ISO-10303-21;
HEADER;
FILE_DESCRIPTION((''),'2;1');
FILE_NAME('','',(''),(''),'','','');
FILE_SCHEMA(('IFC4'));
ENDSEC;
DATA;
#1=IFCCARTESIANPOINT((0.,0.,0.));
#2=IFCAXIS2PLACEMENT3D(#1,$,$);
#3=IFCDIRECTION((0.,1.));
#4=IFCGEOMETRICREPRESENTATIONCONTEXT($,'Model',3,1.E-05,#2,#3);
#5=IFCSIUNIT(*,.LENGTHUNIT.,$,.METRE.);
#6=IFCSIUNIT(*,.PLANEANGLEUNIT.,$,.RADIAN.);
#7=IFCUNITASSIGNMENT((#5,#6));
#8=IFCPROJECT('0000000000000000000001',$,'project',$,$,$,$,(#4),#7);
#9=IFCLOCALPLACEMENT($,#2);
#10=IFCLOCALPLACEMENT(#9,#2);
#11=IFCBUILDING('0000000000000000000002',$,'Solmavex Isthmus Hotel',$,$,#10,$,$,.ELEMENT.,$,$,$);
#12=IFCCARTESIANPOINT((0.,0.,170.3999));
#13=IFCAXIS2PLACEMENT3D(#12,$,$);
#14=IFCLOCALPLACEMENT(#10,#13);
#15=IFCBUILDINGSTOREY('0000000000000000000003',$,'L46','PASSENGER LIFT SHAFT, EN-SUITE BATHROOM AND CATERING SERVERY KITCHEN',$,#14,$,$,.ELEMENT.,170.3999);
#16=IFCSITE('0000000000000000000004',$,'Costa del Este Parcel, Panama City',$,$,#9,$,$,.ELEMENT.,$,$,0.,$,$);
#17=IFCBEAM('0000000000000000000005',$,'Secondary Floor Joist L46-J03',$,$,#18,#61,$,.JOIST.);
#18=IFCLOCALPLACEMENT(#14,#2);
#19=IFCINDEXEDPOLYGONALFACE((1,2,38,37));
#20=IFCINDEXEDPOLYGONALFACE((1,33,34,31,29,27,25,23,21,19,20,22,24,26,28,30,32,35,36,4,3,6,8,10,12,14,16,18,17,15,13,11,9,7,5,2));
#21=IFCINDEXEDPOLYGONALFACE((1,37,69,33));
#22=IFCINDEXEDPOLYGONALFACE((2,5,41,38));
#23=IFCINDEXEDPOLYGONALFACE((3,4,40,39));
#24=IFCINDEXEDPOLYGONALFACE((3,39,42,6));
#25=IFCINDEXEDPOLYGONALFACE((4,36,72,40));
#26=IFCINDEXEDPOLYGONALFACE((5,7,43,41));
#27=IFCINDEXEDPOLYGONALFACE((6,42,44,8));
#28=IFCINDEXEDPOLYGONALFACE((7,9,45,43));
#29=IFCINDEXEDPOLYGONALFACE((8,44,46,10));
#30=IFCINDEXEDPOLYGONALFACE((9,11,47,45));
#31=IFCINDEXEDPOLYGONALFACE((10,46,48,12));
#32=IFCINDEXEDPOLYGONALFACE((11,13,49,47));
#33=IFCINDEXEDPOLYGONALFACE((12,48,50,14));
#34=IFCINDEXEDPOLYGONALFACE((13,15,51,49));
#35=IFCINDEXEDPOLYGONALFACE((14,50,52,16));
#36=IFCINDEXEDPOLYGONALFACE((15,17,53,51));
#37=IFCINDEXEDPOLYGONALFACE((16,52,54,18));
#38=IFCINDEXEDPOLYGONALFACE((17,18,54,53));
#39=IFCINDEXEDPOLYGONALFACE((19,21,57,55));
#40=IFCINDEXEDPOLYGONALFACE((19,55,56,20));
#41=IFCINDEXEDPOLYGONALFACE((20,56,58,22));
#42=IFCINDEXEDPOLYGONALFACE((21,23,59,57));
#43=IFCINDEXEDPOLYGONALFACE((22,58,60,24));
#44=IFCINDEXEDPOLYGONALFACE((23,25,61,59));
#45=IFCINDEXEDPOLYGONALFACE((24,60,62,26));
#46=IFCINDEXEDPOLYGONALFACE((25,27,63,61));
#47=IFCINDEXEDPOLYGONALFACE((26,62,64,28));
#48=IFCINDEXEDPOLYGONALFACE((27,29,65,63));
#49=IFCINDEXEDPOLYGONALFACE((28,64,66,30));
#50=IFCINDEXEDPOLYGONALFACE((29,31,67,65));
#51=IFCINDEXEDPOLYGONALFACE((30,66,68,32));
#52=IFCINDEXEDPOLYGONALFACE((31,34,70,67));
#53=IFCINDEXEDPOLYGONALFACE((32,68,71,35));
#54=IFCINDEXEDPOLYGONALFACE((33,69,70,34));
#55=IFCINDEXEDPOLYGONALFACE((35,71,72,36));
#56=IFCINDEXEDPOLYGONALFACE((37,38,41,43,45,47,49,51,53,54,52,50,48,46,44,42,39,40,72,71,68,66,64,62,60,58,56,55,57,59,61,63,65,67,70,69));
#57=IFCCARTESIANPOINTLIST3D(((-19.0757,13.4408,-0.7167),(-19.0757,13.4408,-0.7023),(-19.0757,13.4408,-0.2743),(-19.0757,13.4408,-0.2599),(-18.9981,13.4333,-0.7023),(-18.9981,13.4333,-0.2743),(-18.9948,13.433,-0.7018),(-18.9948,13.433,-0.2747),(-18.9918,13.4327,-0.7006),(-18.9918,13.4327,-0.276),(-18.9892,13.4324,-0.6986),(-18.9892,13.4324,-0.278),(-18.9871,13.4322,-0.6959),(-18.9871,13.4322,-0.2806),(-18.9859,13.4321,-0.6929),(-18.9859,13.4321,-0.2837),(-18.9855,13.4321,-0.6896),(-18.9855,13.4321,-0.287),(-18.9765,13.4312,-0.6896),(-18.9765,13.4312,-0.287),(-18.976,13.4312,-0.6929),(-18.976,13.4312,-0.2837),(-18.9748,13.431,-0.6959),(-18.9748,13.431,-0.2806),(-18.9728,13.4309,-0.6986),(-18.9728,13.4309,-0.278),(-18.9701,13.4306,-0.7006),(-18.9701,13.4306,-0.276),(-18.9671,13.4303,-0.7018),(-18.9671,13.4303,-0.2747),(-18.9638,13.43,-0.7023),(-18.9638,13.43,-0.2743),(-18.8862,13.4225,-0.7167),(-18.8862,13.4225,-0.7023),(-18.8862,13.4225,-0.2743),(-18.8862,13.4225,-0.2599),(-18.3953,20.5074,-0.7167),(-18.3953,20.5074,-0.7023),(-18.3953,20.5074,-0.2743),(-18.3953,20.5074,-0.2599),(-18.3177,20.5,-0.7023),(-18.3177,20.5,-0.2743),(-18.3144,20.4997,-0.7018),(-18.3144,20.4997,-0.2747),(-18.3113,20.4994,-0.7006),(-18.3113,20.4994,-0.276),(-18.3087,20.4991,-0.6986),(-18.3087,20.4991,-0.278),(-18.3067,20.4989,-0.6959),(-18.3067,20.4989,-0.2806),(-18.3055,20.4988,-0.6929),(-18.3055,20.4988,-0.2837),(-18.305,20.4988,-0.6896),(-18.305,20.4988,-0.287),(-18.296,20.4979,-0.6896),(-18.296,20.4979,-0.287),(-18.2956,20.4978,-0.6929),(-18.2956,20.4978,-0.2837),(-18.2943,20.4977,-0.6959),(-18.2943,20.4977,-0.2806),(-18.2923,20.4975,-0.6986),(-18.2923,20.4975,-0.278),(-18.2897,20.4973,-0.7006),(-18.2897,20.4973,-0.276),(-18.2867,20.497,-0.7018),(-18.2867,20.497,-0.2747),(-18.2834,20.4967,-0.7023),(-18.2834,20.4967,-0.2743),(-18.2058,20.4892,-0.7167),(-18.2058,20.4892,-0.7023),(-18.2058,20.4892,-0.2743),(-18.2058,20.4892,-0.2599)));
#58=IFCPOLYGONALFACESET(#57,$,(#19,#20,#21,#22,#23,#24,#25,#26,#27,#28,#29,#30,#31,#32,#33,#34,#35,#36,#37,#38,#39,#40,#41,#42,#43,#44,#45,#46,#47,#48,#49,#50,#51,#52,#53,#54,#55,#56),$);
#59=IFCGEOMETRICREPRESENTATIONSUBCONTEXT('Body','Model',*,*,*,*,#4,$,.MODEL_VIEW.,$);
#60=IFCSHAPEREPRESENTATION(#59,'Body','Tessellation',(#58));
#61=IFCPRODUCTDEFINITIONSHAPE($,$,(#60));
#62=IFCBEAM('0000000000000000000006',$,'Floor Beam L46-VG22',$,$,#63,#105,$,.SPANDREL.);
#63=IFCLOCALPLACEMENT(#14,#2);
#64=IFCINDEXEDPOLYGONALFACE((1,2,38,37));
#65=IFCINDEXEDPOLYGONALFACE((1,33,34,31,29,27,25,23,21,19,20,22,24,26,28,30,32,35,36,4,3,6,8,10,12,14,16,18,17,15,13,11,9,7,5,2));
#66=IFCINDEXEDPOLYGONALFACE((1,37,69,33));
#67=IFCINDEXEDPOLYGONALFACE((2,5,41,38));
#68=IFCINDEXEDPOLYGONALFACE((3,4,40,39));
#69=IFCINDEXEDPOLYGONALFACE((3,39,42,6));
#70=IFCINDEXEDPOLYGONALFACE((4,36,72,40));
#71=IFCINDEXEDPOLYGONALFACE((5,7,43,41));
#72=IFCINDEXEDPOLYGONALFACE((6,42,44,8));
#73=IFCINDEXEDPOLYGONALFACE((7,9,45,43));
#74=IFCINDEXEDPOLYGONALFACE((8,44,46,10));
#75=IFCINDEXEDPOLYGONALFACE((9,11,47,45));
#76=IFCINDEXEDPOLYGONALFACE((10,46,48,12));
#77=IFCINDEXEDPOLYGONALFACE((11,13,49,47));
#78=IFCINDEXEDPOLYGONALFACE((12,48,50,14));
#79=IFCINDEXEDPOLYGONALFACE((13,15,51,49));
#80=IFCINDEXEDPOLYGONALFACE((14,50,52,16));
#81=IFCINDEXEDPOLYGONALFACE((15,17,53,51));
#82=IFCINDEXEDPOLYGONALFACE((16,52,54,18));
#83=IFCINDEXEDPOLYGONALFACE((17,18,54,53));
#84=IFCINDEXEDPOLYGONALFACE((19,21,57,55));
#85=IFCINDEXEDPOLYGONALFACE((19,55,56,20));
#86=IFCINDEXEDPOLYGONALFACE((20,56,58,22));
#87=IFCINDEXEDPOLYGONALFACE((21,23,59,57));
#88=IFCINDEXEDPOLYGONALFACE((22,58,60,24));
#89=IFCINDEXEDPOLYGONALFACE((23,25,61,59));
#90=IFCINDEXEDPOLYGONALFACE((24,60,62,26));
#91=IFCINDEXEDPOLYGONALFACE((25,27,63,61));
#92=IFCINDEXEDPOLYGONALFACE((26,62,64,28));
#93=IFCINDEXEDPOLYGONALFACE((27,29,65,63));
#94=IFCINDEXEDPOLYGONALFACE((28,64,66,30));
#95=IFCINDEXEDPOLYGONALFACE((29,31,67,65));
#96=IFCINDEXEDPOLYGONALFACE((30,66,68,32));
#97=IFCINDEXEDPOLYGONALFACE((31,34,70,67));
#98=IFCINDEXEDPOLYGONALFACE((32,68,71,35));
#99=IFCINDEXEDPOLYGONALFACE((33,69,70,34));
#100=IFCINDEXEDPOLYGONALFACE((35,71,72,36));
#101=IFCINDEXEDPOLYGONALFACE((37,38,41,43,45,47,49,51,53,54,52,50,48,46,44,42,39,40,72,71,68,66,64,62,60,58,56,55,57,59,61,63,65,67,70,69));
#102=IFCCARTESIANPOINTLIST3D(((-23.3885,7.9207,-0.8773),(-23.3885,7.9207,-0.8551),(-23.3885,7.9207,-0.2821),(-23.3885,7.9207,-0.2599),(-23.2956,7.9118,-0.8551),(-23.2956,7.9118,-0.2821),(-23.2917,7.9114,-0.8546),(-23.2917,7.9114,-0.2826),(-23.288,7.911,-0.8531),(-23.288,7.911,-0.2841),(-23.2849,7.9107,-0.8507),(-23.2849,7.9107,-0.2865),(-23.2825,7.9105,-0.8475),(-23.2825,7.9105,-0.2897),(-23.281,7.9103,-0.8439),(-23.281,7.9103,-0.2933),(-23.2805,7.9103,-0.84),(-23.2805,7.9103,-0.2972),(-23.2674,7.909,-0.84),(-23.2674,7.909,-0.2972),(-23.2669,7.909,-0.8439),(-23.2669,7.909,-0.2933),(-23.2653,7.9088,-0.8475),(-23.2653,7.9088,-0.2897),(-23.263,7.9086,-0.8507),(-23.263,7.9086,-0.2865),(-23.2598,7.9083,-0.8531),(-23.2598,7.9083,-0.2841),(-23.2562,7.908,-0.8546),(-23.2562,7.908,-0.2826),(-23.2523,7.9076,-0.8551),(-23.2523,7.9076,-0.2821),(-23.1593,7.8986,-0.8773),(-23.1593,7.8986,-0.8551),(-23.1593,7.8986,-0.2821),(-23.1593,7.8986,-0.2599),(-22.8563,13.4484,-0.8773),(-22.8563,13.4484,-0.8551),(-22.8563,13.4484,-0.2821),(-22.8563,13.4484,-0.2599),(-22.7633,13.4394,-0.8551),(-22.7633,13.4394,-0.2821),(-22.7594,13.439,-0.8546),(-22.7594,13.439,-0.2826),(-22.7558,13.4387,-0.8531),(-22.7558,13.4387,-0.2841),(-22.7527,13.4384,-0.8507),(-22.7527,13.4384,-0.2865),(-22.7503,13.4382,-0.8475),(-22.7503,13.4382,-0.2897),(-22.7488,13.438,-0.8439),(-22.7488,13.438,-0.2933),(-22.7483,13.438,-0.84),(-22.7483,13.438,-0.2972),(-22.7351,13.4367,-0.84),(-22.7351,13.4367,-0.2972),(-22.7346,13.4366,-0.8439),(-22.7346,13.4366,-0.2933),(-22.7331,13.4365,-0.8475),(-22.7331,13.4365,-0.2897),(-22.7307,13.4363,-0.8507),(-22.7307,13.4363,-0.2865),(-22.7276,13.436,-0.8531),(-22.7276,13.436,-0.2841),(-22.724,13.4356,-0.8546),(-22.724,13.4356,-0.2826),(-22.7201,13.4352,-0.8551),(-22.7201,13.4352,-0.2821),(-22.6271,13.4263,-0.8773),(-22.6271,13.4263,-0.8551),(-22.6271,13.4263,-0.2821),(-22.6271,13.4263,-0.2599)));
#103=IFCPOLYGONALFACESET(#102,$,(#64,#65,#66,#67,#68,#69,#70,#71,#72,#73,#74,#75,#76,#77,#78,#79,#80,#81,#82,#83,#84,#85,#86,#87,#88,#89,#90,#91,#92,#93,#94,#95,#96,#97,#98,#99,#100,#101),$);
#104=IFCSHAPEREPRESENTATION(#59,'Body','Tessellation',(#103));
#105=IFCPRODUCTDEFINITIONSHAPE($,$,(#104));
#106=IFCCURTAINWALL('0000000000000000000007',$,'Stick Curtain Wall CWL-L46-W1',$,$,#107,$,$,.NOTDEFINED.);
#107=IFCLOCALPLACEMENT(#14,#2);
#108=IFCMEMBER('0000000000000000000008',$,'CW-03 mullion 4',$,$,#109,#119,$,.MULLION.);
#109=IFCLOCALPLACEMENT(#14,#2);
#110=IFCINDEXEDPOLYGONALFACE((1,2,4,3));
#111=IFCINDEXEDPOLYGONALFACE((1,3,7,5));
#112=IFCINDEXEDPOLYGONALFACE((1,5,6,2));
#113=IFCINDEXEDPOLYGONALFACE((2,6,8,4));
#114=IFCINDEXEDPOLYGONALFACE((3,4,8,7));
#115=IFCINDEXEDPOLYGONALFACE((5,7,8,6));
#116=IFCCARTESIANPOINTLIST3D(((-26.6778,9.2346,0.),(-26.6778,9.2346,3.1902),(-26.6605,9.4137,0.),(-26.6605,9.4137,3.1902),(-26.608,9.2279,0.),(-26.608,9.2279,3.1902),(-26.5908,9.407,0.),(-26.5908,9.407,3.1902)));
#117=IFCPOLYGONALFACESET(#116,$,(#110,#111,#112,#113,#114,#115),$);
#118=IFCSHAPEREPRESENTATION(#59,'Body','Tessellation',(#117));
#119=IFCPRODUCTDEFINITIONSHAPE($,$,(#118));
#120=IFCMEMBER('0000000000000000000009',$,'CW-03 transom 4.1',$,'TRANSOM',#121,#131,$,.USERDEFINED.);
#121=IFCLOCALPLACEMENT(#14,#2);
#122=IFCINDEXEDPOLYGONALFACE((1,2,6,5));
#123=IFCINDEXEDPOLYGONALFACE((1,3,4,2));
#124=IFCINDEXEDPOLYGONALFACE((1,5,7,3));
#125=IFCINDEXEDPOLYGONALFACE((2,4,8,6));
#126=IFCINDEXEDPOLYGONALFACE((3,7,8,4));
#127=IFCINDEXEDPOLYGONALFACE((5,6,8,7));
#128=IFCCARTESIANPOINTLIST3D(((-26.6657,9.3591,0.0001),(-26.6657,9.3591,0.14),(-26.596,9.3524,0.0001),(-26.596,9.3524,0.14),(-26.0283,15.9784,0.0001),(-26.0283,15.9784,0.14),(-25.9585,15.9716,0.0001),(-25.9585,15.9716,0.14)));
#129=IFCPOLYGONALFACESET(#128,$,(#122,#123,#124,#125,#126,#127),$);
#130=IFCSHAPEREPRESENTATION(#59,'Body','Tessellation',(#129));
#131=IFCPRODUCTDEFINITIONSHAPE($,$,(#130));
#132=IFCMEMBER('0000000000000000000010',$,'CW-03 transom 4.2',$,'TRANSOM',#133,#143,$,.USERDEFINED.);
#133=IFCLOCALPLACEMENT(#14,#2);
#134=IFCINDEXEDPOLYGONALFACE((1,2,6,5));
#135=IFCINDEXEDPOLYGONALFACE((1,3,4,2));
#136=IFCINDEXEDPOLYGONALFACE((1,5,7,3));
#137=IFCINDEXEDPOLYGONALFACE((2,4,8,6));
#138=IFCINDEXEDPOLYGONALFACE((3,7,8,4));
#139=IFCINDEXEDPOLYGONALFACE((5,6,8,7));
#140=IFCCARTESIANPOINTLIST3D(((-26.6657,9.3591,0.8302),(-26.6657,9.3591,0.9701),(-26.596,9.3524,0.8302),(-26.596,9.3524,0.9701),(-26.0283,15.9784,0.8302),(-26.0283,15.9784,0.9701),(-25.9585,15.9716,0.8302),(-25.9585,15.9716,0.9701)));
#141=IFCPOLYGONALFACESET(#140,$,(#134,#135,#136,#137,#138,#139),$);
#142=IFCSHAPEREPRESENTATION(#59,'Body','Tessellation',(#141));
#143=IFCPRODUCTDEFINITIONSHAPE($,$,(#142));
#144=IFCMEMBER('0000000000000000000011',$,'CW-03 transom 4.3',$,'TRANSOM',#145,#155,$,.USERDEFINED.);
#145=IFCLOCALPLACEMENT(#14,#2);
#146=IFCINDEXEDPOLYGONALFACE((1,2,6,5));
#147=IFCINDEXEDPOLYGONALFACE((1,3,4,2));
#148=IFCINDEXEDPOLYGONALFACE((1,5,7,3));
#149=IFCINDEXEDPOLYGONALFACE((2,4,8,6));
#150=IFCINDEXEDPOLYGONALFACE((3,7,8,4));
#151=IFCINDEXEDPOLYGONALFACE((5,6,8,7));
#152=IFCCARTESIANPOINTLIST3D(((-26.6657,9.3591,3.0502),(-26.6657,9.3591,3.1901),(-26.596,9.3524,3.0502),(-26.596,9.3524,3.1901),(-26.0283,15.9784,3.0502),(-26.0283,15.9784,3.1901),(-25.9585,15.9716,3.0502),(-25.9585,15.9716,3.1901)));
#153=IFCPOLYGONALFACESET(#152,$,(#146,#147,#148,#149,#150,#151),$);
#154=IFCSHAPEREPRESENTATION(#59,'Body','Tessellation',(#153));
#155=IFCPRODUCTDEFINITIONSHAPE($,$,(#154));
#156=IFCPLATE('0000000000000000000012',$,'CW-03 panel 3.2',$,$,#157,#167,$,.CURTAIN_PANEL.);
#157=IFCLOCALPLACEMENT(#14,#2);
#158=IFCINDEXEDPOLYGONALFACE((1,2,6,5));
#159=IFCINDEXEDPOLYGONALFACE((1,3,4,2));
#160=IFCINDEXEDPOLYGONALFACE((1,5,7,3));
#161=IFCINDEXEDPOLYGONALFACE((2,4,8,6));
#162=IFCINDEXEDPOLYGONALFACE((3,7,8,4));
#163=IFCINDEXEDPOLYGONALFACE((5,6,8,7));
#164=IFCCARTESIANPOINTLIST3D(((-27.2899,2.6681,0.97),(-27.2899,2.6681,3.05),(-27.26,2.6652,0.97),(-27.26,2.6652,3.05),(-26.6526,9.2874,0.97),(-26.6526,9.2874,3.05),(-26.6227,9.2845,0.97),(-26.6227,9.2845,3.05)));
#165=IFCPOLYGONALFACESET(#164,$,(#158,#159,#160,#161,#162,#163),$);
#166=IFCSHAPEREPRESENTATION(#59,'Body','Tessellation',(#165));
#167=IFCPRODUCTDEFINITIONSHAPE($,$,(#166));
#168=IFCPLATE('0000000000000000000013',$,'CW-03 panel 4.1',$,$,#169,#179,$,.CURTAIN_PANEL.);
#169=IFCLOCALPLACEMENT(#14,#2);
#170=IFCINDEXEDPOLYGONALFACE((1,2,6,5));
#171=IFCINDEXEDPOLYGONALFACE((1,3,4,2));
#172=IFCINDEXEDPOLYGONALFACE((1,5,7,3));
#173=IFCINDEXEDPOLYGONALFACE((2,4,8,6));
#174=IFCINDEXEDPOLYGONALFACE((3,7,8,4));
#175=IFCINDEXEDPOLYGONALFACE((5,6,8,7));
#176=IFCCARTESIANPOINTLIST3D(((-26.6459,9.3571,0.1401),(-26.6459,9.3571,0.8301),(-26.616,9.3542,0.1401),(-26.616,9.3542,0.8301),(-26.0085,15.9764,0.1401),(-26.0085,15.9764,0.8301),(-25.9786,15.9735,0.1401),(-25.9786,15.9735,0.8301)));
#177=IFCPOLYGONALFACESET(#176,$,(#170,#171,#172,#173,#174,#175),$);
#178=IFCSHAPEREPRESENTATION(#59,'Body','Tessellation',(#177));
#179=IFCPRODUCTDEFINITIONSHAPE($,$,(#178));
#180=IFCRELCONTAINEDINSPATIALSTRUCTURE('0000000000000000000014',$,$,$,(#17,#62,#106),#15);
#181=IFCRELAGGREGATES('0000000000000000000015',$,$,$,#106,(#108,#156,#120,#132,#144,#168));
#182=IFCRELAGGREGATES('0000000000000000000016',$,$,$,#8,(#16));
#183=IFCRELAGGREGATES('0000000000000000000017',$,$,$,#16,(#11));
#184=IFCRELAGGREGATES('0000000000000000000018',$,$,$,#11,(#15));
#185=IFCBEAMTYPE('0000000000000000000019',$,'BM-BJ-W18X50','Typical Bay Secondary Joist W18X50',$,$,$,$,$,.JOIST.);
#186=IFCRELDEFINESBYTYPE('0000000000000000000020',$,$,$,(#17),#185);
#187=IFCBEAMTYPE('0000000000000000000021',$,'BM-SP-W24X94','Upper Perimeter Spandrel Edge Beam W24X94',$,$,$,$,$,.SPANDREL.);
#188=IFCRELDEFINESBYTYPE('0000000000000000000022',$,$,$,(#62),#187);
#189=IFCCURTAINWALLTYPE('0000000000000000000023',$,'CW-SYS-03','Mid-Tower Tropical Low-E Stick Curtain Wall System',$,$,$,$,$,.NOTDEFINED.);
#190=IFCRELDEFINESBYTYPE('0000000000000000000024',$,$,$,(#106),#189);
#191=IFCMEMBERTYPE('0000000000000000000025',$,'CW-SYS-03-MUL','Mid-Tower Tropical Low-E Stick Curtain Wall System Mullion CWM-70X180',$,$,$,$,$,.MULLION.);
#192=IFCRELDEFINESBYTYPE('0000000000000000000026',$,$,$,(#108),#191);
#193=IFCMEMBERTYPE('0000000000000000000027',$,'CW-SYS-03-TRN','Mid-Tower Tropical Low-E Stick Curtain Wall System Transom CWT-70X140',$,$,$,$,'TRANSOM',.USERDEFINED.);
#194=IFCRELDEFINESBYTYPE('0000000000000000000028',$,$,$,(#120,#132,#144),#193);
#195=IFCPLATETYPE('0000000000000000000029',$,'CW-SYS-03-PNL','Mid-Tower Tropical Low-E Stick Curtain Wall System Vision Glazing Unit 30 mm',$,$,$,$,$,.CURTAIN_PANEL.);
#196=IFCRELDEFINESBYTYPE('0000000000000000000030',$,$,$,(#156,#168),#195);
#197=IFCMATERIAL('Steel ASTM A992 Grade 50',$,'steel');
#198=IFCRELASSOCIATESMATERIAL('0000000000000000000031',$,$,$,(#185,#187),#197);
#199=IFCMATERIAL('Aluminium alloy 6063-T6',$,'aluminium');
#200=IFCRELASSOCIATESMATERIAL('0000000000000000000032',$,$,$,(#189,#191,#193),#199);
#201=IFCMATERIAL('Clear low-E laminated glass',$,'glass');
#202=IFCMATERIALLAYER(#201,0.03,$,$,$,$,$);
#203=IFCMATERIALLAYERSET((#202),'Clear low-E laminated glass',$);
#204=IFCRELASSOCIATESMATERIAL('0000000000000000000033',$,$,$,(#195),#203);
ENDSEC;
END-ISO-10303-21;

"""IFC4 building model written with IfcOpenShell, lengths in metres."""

from ifc_helpers import new_model, si_unit, direction, frame, origin, origin_2d, place, context, subcontext, project, spatial, rectangle, i_section, extrude, material, layer, layer_set, material_profile, profile_set, type_object, element, aggregate, save


model = new_model("IFC4")

# Units and contexts
model_context = context("Model", 3, precision=1e-05, world=origin(), true_north=direction((0.0, 1.0)))
body_context = subcontext(model_context, "Body", "Model", "MODEL_VIEW")
ifc_project = project(units=[si_unit("LENGTHUNIT", "METRE"), si_unit("PLANEANGLEUNIT", "RADIAN")], contexts=[model_context])

# Site, building, storey
site_placement = place(None, origin())
site = spatial("IfcSite", under=ifc_project, at=site_placement, Name="Costa del Este Parcel, Panama City", CompositionType="ELEMENT", RefElevation=0.0)
building_placement = place(site_placement, origin())
building = spatial("IfcBuilding", under=site, at=building_placement, Name="Solmavex Isthmus Hotel", CompositionType="ELEMENT")
storey_placement = place(building_placement, frame((0.0, 0.0, 170.3999)))
storey = spatial("IfcBuildingStorey", under=building, at=storey_placement, Name="L46", Description="PASSENGER LIFT SHAFT, EN-SUITE BATHROOM AND CATERING SERVERY KITCHEN", CompositionType="ELEMENT", Elevation=170.3999)

# Beams
ifc_material_1 = material(Name="Steel ASTM A992 Grade 50", Category="steel")
ifc_material_profile_1 = material_profile(ifc_material_1, i_section(OverallWidth=0.1904, OverallDepth=0.4568, WebThickness=0.009, FlangeThickness=0.0144, FilletRadius=0.0127, at=origin_2d()), Name="W18X50")
ifc_profile_set_1 = profile_set([ifc_material_profile_1], Name="Steel ASTM A992 Grade 50")
beam_type_1 = type_object("IfcBeamType", Name="BM-BJ-W18X50", Description="Typical Bay Secondary Joist W18X50", PredefinedType="JOIST", material=ifc_profile_set_1)
beam_1_placement = place(storey_placement, frame((-18.981, 13.4316, -0.4883), z_axis=(0.095843, 0.995396, 0.0), x_axis=(-0.995396, 0.095843, 0.0)))
element("IfcBeam", 1, at=beam_1_placement, inside=storey, type_object=beam_type_1, Name="Secondary Floor Joist L46-J03", PredefinedType="JOIST", context=body_context, shape_type="SweptSolid", body=[
    extrude(i_section(OverallWidth=0.1904, OverallDepth=0.4568, WebThickness=0.009, FlangeThickness=0.0144, FilletRadius=0.0127, at=origin_2d()), origin(), (0.0, 0.0, 1.0), 7.0994),
])
ifc_material_profile_2 = material_profile(ifc_material_1, i_section(OverallWidth=0.2302, OverallDepth=0.6174, WebThickness=0.0132, FlangeThickness=0.0222, FilletRadius=0.0151, at=origin_2d()), Name="W24X94")
ifc_profile_set_2 = profile_set([ifc_material_profile_2], Name="Steel ASTM A992 Grade 50")
beam_type_2 = type_object("IfcBeamType", Name="BM-SP-W24X94", Description="Upper Perimeter Spandrel Edge Beam W24X94", PredefinedType="SPANDREL", material=ifc_profile_set_2)
beam_2_placement = place(storey_placement, frame((-23.2739, 7.9097, -0.5686), z_axis=(0.095842, 0.995397, 0.0), x_axis=(-0.995397, 0.095842, 0.0)))
element("IfcBeam", 2, at=beam_2_placement, inside=storey, type_object=beam_type_2, Name="Floor Beam L46-VG22", PredefinedType="SPANDREL", context=body_context, shape_type="SweptSolid", body=[
    extrude(i_section(OverallWidth=0.2302, OverallDepth=0.6174, WebThickness=0.0132, FlangeThickness=0.0222, FilletRadius=0.0151, at=origin_2d()), origin(), (0.0, 0.0, 1.0), 5.5532),
])

# Curtain wall, members, plates
ifc_material_2 = material(Name="Aluminium alloy 6063-T6", Category="aluminium")
curtain_wall_type = type_object("IfcCurtainWallType", Name="CW-SYS-03", Description="Mid-Tower Tropical Low-E Stick Curtain Wall System", PredefinedType="NOTDEFINED", material=ifc_material_2)
curtain_wall_placement = place(storey_placement, origin())
curtain_wall = element("IfcCurtainWall", 3, at=curtain_wall_placement, inside=storey, type_object=curtain_wall_type, Name="Stick Curtain Wall CWL-L46-W1", PredefinedType="NOTDEFINED")
ifc_material_profile_3 = material_profile(ifc_material_2, rectangle(XDim=0.0701, YDim=0.1799, at=origin_2d()), Name="CWM-70X180")
ifc_profile_set_3 = profile_set([ifc_material_profile_3], Name="Aluminium alloy 6063-T6")
member_type_1 = type_object("IfcMemberType", Name="CW-SYS-03-MUL", Description="Mid-Tower Tropical Low-E Stick Curtain Wall System Mullion CWM-70X180", PredefinedType="MULLION", material=ifc_profile_set_3)
member_1_placement = place(storey_placement, frame((-26.6343, 9.3208, 0.0), z_axis=(0.0, 0.0, 1.0), x_axis=(-0.995396, 0.095846, 0.0)))
member_1 = element("IfcMember", 4, at=member_1_placement, type_object=member_type_1, Name="CW-03 mullion 4", PredefinedType="MULLION", context=body_context, shape_type="SweptSolid", body=[
    extrude(rectangle(XDim=0.0701, YDim=0.1799, at=origin_2d()), origin(), (0.0, 0.0, 1.0), 3.1902),
])
ifc_material_profile_4 = material_profile(ifc_material_2, rectangle(XDim=0.0701, YDim=0.1399, at=origin_2d()), Name="CWT-70X140")
ifc_profile_set_4 = profile_set([ifc_material_profile_4], Name="Aluminium alloy 6063-T6")
member_type_2 = type_object("IfcMemberType", Name="CW-SYS-03-TRN", Description="Mid-Tower Tropical Low-E Stick Curtain Wall System Transom CWT-70X140", ElementType="TRANSOM", PredefinedType="USERDEFINED", material=ifc_profile_set_4)
member_2_placement = place(storey_placement, frame((-26.6309, 9.3557, 0.0701), z_axis=(0.095857, 0.995395, 0.0), x_axis=(-0.995395, 0.095857, 0.0)))
member_2 = element("IfcMember", 5, at=member_2_placement, type_object=member_type_2, Name="CW-03 transom 4.1", ObjectType="TRANSOM", PredefinedType="USERDEFINED", context=body_context, shape_type="SweptSolid", body=[
    extrude(rectangle(XDim=0.0701, YDim=0.1399, at=origin_2d()), origin(), (0.0, 0.0, 1.0), 6.6499),
])
member_3_placement = place(storey_placement, frame((-26.6309, 9.3557, 0.9001), z_axis=(0.095857, 0.995395, 0.0), x_axis=(-0.995395, 0.095857, 0.0)))
member_3 = element("IfcMember", 6, at=member_3_placement, type_object=member_type_2, Name="CW-03 transom 4.2", ObjectType="TRANSOM", PredefinedType="USERDEFINED", context=body_context, shape_type="SweptSolid", body=[
    extrude(rectangle(XDim=0.0701, YDim=0.1399, at=origin_2d()), origin(), (0.0, 0.0, 1.0), 6.6499),
])
member_4_placement = place(storey_placement, frame((-26.6309, 9.3557, 3.1201), z_axis=(0.095857, 0.995395, 0.0), x_axis=(-0.995395, 0.095857, 0.0)))
member_4 = element("IfcMember", 7, at=member_4_placement, type_object=member_type_2, Name="CW-03 transom 4.3", ObjectType="TRANSOM", PredefinedType="USERDEFINED", context=body_context, shape_type="SweptSolid", body=[
    extrude(rectangle(XDim=0.0701, YDim=0.1399, at=origin_2d()), origin(), (0.0, 0.0, 1.0), 6.6499),
])
ifc_material_3 = material(Name="Clear low-E laminated glass", Category="glass")
ifc_layer_1 = layer(ifc_material_3, 0.03)
ifc_layer_set_1 = layer_set([ifc_layer_1], Name="Clear low-E laminated glass")
plate_type = type_object("IfcPlateType", Name="CW-SYS-03-PNL", Description="Mid-Tower Tropical Low-E Stick Curtain Wall System Vision Glazing Unit 30 mm", PredefinedType="CURTAIN_PANEL", material=ifc_layer_set_1)
plate_1_placement = place(storey_placement, frame((-26.9563, 5.9763, 0.97), z_axis=(0.0, 0.0, 1.0), x_axis=(0.095846, 0.995396, 0.0)))
plate_1 = element("IfcPlate", 8, at=plate_1_placement, type_object=plate_type, Name="CW-03 panel 3.2", PredefinedType="CURTAIN_PANEL", context=body_context, shape_type="SweptSolid", body=[
    extrude(rectangle(XDim=6.6499, YDim=0.03, at=origin_2d()), origin(), (0.0, 0.0, 1.0), 2.0801),
])
plate_2_placement = place(storey_placement, frame((-26.3123, 12.6653, 0.1401), z_axis=(0.0, 0.0, 1.0), x_axis=(0.095846, 0.995396, 0.0)))
plate_2 = element("IfcPlate", 9, at=plate_2_placement, type_object=plate_type, Name="CW-03 panel 4.1", PredefinedType="CURTAIN_PANEL", context=body_context, shape_type="SweptSolid", body=[
    extrude(rectangle(XDim=6.6499, YDim=0.03, at=origin_2d()), origin(), (0.0, 0.0, 1.0), 0.6899),
])
aggregate(curtain_wall, [member_1, plate_1, member_2, member_3, member_4, plate_2])

save(model, "model.ifc")
